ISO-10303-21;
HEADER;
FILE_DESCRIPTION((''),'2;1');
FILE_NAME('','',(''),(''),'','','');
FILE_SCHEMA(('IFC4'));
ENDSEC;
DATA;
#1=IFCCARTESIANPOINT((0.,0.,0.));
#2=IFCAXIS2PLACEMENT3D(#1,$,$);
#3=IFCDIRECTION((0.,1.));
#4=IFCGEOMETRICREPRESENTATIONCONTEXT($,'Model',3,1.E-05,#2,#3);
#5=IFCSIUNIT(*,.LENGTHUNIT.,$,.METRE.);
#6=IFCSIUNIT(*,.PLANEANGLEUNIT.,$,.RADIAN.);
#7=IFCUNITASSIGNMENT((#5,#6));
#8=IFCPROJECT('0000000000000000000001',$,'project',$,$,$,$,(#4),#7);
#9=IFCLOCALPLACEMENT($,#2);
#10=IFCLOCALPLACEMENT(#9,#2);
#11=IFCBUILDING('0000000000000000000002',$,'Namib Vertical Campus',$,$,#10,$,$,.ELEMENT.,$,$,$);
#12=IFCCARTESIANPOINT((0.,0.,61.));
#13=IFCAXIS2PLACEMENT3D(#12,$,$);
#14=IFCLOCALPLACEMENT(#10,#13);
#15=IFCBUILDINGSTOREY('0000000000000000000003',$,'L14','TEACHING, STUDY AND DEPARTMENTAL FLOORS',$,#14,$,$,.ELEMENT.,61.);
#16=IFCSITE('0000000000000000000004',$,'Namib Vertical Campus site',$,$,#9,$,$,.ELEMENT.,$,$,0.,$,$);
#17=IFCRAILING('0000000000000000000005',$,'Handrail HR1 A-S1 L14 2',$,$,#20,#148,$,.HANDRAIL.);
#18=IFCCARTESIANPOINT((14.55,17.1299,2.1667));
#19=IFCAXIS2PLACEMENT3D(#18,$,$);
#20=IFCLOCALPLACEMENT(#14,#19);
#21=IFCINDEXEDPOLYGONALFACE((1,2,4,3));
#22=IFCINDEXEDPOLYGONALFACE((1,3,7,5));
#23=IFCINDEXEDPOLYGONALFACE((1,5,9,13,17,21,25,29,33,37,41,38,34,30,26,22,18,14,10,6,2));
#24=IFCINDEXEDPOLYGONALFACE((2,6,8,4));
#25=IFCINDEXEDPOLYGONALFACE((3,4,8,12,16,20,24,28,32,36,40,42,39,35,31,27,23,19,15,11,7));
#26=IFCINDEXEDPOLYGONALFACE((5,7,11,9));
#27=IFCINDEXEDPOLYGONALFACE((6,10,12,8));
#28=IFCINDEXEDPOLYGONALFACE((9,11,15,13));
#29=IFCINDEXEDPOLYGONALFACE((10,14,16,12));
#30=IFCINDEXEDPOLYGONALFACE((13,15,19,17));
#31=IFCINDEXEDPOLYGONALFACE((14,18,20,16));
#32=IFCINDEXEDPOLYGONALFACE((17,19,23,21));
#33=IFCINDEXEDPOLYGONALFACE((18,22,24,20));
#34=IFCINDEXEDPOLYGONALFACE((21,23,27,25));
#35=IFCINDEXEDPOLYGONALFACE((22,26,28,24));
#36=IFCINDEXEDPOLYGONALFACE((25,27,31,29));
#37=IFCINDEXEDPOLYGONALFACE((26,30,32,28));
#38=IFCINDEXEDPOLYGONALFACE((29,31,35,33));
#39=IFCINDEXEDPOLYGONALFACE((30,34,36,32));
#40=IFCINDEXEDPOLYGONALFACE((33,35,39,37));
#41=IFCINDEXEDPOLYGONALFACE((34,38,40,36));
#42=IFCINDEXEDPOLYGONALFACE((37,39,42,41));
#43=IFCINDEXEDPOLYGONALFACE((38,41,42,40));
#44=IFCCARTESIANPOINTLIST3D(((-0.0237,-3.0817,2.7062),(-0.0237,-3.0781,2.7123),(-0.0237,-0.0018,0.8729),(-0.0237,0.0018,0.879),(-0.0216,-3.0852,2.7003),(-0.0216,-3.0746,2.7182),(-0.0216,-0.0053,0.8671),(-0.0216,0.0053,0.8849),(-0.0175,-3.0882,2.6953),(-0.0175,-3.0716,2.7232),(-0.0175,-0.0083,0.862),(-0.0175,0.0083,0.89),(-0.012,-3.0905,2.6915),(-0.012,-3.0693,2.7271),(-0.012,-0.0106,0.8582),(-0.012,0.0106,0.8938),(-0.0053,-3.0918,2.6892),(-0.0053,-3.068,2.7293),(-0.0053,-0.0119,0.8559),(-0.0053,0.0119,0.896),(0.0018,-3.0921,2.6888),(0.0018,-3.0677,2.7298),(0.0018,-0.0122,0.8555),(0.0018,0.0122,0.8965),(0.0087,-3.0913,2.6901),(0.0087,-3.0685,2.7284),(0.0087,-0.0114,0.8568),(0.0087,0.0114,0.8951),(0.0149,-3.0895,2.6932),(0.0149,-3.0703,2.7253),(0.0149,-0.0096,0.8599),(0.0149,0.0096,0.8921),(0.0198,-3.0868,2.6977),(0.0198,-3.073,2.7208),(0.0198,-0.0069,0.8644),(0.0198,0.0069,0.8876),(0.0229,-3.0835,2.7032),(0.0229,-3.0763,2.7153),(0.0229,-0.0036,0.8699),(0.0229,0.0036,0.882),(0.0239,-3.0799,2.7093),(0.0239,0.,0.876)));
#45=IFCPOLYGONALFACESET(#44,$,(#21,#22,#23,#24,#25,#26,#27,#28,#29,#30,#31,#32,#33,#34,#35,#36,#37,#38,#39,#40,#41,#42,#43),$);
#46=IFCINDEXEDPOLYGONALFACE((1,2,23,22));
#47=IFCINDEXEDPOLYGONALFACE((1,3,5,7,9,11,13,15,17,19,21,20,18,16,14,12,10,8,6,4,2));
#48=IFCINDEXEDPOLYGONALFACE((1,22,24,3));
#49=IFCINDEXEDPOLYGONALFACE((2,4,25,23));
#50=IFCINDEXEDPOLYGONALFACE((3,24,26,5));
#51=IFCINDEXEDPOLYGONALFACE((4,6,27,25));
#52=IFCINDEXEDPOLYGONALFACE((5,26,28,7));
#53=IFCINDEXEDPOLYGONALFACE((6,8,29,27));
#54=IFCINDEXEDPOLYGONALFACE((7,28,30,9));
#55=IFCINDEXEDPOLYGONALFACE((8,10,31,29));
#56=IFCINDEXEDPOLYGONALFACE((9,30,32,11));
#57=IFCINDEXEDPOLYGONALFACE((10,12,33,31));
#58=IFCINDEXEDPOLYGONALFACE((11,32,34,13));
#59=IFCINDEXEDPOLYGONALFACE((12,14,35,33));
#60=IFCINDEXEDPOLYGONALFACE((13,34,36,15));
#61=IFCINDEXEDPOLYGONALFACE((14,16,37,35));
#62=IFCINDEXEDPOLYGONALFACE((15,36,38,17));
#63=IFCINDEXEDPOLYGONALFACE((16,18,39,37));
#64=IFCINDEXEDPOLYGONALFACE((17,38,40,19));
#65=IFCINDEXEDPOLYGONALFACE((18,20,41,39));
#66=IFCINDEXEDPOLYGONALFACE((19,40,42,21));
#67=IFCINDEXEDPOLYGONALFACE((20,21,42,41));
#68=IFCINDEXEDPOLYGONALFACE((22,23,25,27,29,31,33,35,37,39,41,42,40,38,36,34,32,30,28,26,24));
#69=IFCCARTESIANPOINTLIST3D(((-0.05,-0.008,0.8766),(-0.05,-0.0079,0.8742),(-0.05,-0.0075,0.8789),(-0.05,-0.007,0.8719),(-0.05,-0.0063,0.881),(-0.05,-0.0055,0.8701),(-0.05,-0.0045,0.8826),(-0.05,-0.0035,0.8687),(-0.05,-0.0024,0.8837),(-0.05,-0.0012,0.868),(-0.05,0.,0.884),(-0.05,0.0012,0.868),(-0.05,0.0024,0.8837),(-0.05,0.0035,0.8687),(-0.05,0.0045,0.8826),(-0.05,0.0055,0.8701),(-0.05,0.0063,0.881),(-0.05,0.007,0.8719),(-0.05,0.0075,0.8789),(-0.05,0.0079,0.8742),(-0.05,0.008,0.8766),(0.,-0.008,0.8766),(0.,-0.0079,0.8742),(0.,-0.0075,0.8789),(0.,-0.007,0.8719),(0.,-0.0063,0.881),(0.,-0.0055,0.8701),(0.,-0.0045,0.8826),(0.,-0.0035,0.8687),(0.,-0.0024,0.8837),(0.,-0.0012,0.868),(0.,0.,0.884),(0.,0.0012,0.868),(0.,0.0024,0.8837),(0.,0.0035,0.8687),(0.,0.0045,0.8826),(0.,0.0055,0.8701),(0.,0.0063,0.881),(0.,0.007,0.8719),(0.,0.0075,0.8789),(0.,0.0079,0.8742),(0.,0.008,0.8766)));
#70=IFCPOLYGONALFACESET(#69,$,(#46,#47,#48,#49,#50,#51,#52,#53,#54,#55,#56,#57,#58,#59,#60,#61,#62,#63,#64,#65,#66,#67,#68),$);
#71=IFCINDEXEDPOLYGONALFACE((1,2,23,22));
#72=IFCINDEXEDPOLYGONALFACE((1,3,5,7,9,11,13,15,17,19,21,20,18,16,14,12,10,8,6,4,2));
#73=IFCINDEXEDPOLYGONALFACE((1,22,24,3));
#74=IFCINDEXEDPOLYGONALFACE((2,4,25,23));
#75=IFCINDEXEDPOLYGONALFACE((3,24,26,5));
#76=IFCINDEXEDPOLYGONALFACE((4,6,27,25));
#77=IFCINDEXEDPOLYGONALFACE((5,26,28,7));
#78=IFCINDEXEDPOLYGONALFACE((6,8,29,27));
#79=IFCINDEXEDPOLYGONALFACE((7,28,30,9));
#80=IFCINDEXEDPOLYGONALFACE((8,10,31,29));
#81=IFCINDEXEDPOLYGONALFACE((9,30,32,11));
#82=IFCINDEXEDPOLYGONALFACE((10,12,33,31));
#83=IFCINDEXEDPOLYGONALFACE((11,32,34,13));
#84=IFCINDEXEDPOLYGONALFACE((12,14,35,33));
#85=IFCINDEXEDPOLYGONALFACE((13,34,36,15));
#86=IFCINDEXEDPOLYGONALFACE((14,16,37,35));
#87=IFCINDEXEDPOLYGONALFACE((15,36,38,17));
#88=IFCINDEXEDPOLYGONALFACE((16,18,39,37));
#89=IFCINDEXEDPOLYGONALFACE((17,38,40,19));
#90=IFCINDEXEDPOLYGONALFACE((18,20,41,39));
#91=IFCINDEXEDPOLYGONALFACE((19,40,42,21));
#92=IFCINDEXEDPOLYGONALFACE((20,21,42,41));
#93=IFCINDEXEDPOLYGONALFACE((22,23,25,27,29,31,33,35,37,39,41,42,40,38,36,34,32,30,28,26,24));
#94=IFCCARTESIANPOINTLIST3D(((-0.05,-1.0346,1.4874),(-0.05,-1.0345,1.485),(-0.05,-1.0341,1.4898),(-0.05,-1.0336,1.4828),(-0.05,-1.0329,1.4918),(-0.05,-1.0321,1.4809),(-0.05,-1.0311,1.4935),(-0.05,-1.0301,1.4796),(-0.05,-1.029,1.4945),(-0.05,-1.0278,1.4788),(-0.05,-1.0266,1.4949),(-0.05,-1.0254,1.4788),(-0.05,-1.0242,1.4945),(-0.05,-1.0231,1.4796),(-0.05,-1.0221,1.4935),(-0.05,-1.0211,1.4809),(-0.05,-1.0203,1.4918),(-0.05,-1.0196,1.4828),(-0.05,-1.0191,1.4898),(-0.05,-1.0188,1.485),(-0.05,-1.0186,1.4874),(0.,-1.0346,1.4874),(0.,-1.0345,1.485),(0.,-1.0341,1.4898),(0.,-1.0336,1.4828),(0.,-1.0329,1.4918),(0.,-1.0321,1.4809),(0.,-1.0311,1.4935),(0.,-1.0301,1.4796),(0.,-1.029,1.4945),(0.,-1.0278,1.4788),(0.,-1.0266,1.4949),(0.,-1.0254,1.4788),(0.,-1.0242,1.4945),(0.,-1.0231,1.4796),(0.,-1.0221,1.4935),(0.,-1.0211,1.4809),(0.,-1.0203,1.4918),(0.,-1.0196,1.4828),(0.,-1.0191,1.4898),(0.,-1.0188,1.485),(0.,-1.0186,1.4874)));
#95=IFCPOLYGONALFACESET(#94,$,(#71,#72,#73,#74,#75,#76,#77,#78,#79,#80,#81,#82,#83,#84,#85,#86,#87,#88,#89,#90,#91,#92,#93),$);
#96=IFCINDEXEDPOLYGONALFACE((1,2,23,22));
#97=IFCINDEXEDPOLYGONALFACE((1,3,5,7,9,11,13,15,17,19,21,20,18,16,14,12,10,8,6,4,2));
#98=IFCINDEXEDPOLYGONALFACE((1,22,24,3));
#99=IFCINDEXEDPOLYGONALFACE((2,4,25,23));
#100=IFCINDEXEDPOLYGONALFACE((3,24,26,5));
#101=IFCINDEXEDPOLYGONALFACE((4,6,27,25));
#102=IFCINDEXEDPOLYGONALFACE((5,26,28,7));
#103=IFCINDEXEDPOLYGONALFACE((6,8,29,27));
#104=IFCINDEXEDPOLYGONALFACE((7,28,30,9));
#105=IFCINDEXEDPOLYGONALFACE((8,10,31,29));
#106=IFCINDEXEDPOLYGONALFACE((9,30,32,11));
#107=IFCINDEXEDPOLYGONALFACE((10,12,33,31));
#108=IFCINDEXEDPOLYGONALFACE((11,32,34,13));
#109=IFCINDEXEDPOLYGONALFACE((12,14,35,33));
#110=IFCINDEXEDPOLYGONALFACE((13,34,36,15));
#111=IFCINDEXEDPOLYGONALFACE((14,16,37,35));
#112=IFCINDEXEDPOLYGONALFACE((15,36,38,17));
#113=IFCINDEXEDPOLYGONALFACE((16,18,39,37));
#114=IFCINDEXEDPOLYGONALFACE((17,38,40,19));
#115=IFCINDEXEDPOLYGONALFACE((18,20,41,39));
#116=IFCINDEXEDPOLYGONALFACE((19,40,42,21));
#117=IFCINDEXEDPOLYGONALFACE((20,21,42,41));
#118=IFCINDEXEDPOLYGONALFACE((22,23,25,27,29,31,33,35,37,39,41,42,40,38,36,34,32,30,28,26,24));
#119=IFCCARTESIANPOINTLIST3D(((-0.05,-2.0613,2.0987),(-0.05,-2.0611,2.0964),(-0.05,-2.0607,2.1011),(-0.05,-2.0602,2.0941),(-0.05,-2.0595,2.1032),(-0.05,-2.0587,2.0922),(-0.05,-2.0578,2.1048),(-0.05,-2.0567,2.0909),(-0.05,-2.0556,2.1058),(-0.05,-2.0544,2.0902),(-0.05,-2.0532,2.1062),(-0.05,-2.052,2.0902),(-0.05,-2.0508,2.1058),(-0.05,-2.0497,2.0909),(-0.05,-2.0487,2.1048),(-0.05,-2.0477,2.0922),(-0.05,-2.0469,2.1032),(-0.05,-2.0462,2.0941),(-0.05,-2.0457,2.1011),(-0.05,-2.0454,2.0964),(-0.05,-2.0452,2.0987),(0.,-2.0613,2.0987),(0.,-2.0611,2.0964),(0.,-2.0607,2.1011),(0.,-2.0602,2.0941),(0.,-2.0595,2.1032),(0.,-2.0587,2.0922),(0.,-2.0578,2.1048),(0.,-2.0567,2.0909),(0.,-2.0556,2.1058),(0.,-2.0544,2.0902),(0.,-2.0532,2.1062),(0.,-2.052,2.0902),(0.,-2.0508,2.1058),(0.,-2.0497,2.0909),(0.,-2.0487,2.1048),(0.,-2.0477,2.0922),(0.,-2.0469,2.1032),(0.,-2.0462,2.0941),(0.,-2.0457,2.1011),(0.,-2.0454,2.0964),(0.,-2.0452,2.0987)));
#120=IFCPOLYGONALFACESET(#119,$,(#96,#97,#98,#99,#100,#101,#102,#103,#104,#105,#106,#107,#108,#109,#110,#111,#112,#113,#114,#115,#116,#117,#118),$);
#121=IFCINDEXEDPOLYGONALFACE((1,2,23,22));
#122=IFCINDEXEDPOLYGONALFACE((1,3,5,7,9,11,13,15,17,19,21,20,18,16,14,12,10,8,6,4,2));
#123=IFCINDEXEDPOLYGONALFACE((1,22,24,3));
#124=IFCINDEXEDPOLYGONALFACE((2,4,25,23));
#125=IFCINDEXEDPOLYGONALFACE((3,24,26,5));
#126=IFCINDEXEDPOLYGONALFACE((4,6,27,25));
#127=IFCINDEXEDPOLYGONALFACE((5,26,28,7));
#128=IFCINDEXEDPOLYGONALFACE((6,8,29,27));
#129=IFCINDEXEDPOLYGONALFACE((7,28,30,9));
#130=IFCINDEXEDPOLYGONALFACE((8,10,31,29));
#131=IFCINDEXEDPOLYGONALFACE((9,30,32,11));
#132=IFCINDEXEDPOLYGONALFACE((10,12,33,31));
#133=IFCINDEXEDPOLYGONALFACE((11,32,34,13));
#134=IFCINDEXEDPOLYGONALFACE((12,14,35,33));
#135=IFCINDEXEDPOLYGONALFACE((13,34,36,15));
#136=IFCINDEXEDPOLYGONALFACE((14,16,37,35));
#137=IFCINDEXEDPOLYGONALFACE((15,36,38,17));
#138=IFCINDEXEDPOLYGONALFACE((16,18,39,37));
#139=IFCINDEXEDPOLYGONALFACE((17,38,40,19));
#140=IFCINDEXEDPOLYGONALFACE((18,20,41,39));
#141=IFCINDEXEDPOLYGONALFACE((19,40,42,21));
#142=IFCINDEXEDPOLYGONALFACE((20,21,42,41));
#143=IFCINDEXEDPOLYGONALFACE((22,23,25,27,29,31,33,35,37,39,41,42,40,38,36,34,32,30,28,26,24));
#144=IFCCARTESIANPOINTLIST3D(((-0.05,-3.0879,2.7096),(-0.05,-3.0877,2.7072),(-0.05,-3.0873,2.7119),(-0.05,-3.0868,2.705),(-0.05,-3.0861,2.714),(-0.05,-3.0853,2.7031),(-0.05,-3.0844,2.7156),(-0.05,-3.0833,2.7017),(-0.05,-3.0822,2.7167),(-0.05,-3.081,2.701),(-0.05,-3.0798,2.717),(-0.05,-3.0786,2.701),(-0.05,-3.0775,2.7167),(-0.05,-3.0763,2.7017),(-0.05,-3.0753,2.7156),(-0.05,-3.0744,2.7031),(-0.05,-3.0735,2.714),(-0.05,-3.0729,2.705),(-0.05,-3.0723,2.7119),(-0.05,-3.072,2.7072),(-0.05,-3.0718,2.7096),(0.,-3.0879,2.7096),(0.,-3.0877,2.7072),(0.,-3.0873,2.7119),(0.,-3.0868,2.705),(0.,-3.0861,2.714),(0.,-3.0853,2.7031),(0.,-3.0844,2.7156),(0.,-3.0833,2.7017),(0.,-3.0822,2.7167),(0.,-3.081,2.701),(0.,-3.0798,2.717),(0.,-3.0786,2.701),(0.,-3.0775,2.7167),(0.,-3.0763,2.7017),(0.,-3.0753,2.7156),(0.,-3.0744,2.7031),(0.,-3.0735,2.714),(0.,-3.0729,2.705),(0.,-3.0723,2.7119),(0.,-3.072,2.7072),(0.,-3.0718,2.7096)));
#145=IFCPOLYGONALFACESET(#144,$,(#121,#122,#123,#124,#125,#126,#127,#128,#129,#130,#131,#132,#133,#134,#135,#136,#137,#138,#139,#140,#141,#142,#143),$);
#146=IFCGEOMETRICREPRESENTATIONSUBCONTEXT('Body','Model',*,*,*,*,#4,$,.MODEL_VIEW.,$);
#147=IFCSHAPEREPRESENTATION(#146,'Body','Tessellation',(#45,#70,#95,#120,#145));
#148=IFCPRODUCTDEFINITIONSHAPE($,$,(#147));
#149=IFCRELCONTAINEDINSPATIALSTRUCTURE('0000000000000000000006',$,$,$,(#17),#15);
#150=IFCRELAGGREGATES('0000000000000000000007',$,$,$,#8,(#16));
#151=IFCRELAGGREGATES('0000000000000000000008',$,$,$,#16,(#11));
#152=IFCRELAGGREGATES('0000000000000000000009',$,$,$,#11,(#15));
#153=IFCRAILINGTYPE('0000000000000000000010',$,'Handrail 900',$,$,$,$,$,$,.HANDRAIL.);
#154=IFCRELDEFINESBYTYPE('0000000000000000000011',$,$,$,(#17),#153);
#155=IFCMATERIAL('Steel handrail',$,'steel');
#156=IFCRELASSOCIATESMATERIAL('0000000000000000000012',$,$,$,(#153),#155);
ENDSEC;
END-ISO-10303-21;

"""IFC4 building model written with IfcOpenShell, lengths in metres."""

from ifc_helpers import new_model, si_unit, direction, frame, origin, origin_2d, place, context, subcontext, project, spatial, circle, extrude, material, type_object, element, save


model = new_model("IFC4")

# Units and contexts
model_context = context("Model", 3, precision=1e-05, world=origin(), true_north=direction((0.0, 1.0)))
body_context = subcontext(model_context, "Body", "Model", "MODEL_VIEW")
ifc_project = project(units=[si_unit("LENGTHUNIT", "METRE"), si_unit("PLANEANGLEUNIT", "RADIAN")], contexts=[model_context])

# Site, building, storey
site_placement = place(None, origin())
site = spatial("IfcSite", under=ifc_project, at=site_placement, Name="Namib Vertical Campus site", CompositionType="ELEMENT", RefElevation=0.0)
building_placement = place(site_placement, origin())
building = spatial("IfcBuilding", under=site, at=building_placement, Name="Namib Vertical Campus", CompositionType="ELEMENT")
storey_placement = place(building_placement, frame((0.0, 0.0, 61.0)))
storey = spatial("IfcBuildingStorey", under=building, at=storey_placement, Name="L14", Description="TEACHING, STUDY AND DEPARTMENTAL FLOORS", CompositionType="ELEMENT", Elevation=61.0)

# Railing
ifc_material_1 = material(Name="Steel handrail", Category="steel")
railing_type_1 = type_object("IfcRailingType", Name="Handrail 900", PredefinedType="HANDRAIL", material=ifc_material_1)
railing_1_placement = place(storey_placement, frame((14.55, 17.1299, 2.1667)))
element("IfcRailing", 1, at=railing_1_placement, inside=storey, type_object=railing_type_1, Name="Handrail HR1 A-S1 L14 2", PredefinedType="HANDRAIL", context=body_context, shape_type="SweptSolid", body=[
    extrude(circle(Radius=0.0239, at=origin_2d()), frame((0.0, 0.0, 0.876), z_axis=(0.0, -0.859291, 0.511487), x_axis=(1.0, 0.0, 0.0)), (0.0, 0.0, 1.0), 3.5842),
    extrude(circle(Radius=0.0081, at=origin_2d()), frame((0.0, 0.0, 0.876), z_axis=(-1.0, 0.0, 0.0), x_axis=(0.0, 0.0, 1.0)), (0.0, 0.0, 1.0), 0.05),
    extrude(circle(Radius=0.0081, at=origin_2d()), frame((0.0, -1.0266, 1.4868), z_axis=(-1.0, 0.0, 0.0), x_axis=(0.0, 0.0, 1.0)), (0.0, 0.0, 1.0), 0.05),
    extrude(circle(Radius=0.0081, at=origin_2d()), frame((0.0, -2.0532, 2.0981), z_axis=(-1.0, 0.0, 0.0), x_axis=(0.0, 0.0, 1.0)), (0.0, 0.0, 1.0), 0.05),
    extrude(circle(Radius=0.0081, at=origin_2d()), frame((0.0, -3.0798, 2.709), z_axis=(-1.0, 0.0, 0.0), x_axis=(0.0, 0.0, 1.0)), (0.0, 0.0, 1.0), 0.05),
])

save(model, "model.ifc")
